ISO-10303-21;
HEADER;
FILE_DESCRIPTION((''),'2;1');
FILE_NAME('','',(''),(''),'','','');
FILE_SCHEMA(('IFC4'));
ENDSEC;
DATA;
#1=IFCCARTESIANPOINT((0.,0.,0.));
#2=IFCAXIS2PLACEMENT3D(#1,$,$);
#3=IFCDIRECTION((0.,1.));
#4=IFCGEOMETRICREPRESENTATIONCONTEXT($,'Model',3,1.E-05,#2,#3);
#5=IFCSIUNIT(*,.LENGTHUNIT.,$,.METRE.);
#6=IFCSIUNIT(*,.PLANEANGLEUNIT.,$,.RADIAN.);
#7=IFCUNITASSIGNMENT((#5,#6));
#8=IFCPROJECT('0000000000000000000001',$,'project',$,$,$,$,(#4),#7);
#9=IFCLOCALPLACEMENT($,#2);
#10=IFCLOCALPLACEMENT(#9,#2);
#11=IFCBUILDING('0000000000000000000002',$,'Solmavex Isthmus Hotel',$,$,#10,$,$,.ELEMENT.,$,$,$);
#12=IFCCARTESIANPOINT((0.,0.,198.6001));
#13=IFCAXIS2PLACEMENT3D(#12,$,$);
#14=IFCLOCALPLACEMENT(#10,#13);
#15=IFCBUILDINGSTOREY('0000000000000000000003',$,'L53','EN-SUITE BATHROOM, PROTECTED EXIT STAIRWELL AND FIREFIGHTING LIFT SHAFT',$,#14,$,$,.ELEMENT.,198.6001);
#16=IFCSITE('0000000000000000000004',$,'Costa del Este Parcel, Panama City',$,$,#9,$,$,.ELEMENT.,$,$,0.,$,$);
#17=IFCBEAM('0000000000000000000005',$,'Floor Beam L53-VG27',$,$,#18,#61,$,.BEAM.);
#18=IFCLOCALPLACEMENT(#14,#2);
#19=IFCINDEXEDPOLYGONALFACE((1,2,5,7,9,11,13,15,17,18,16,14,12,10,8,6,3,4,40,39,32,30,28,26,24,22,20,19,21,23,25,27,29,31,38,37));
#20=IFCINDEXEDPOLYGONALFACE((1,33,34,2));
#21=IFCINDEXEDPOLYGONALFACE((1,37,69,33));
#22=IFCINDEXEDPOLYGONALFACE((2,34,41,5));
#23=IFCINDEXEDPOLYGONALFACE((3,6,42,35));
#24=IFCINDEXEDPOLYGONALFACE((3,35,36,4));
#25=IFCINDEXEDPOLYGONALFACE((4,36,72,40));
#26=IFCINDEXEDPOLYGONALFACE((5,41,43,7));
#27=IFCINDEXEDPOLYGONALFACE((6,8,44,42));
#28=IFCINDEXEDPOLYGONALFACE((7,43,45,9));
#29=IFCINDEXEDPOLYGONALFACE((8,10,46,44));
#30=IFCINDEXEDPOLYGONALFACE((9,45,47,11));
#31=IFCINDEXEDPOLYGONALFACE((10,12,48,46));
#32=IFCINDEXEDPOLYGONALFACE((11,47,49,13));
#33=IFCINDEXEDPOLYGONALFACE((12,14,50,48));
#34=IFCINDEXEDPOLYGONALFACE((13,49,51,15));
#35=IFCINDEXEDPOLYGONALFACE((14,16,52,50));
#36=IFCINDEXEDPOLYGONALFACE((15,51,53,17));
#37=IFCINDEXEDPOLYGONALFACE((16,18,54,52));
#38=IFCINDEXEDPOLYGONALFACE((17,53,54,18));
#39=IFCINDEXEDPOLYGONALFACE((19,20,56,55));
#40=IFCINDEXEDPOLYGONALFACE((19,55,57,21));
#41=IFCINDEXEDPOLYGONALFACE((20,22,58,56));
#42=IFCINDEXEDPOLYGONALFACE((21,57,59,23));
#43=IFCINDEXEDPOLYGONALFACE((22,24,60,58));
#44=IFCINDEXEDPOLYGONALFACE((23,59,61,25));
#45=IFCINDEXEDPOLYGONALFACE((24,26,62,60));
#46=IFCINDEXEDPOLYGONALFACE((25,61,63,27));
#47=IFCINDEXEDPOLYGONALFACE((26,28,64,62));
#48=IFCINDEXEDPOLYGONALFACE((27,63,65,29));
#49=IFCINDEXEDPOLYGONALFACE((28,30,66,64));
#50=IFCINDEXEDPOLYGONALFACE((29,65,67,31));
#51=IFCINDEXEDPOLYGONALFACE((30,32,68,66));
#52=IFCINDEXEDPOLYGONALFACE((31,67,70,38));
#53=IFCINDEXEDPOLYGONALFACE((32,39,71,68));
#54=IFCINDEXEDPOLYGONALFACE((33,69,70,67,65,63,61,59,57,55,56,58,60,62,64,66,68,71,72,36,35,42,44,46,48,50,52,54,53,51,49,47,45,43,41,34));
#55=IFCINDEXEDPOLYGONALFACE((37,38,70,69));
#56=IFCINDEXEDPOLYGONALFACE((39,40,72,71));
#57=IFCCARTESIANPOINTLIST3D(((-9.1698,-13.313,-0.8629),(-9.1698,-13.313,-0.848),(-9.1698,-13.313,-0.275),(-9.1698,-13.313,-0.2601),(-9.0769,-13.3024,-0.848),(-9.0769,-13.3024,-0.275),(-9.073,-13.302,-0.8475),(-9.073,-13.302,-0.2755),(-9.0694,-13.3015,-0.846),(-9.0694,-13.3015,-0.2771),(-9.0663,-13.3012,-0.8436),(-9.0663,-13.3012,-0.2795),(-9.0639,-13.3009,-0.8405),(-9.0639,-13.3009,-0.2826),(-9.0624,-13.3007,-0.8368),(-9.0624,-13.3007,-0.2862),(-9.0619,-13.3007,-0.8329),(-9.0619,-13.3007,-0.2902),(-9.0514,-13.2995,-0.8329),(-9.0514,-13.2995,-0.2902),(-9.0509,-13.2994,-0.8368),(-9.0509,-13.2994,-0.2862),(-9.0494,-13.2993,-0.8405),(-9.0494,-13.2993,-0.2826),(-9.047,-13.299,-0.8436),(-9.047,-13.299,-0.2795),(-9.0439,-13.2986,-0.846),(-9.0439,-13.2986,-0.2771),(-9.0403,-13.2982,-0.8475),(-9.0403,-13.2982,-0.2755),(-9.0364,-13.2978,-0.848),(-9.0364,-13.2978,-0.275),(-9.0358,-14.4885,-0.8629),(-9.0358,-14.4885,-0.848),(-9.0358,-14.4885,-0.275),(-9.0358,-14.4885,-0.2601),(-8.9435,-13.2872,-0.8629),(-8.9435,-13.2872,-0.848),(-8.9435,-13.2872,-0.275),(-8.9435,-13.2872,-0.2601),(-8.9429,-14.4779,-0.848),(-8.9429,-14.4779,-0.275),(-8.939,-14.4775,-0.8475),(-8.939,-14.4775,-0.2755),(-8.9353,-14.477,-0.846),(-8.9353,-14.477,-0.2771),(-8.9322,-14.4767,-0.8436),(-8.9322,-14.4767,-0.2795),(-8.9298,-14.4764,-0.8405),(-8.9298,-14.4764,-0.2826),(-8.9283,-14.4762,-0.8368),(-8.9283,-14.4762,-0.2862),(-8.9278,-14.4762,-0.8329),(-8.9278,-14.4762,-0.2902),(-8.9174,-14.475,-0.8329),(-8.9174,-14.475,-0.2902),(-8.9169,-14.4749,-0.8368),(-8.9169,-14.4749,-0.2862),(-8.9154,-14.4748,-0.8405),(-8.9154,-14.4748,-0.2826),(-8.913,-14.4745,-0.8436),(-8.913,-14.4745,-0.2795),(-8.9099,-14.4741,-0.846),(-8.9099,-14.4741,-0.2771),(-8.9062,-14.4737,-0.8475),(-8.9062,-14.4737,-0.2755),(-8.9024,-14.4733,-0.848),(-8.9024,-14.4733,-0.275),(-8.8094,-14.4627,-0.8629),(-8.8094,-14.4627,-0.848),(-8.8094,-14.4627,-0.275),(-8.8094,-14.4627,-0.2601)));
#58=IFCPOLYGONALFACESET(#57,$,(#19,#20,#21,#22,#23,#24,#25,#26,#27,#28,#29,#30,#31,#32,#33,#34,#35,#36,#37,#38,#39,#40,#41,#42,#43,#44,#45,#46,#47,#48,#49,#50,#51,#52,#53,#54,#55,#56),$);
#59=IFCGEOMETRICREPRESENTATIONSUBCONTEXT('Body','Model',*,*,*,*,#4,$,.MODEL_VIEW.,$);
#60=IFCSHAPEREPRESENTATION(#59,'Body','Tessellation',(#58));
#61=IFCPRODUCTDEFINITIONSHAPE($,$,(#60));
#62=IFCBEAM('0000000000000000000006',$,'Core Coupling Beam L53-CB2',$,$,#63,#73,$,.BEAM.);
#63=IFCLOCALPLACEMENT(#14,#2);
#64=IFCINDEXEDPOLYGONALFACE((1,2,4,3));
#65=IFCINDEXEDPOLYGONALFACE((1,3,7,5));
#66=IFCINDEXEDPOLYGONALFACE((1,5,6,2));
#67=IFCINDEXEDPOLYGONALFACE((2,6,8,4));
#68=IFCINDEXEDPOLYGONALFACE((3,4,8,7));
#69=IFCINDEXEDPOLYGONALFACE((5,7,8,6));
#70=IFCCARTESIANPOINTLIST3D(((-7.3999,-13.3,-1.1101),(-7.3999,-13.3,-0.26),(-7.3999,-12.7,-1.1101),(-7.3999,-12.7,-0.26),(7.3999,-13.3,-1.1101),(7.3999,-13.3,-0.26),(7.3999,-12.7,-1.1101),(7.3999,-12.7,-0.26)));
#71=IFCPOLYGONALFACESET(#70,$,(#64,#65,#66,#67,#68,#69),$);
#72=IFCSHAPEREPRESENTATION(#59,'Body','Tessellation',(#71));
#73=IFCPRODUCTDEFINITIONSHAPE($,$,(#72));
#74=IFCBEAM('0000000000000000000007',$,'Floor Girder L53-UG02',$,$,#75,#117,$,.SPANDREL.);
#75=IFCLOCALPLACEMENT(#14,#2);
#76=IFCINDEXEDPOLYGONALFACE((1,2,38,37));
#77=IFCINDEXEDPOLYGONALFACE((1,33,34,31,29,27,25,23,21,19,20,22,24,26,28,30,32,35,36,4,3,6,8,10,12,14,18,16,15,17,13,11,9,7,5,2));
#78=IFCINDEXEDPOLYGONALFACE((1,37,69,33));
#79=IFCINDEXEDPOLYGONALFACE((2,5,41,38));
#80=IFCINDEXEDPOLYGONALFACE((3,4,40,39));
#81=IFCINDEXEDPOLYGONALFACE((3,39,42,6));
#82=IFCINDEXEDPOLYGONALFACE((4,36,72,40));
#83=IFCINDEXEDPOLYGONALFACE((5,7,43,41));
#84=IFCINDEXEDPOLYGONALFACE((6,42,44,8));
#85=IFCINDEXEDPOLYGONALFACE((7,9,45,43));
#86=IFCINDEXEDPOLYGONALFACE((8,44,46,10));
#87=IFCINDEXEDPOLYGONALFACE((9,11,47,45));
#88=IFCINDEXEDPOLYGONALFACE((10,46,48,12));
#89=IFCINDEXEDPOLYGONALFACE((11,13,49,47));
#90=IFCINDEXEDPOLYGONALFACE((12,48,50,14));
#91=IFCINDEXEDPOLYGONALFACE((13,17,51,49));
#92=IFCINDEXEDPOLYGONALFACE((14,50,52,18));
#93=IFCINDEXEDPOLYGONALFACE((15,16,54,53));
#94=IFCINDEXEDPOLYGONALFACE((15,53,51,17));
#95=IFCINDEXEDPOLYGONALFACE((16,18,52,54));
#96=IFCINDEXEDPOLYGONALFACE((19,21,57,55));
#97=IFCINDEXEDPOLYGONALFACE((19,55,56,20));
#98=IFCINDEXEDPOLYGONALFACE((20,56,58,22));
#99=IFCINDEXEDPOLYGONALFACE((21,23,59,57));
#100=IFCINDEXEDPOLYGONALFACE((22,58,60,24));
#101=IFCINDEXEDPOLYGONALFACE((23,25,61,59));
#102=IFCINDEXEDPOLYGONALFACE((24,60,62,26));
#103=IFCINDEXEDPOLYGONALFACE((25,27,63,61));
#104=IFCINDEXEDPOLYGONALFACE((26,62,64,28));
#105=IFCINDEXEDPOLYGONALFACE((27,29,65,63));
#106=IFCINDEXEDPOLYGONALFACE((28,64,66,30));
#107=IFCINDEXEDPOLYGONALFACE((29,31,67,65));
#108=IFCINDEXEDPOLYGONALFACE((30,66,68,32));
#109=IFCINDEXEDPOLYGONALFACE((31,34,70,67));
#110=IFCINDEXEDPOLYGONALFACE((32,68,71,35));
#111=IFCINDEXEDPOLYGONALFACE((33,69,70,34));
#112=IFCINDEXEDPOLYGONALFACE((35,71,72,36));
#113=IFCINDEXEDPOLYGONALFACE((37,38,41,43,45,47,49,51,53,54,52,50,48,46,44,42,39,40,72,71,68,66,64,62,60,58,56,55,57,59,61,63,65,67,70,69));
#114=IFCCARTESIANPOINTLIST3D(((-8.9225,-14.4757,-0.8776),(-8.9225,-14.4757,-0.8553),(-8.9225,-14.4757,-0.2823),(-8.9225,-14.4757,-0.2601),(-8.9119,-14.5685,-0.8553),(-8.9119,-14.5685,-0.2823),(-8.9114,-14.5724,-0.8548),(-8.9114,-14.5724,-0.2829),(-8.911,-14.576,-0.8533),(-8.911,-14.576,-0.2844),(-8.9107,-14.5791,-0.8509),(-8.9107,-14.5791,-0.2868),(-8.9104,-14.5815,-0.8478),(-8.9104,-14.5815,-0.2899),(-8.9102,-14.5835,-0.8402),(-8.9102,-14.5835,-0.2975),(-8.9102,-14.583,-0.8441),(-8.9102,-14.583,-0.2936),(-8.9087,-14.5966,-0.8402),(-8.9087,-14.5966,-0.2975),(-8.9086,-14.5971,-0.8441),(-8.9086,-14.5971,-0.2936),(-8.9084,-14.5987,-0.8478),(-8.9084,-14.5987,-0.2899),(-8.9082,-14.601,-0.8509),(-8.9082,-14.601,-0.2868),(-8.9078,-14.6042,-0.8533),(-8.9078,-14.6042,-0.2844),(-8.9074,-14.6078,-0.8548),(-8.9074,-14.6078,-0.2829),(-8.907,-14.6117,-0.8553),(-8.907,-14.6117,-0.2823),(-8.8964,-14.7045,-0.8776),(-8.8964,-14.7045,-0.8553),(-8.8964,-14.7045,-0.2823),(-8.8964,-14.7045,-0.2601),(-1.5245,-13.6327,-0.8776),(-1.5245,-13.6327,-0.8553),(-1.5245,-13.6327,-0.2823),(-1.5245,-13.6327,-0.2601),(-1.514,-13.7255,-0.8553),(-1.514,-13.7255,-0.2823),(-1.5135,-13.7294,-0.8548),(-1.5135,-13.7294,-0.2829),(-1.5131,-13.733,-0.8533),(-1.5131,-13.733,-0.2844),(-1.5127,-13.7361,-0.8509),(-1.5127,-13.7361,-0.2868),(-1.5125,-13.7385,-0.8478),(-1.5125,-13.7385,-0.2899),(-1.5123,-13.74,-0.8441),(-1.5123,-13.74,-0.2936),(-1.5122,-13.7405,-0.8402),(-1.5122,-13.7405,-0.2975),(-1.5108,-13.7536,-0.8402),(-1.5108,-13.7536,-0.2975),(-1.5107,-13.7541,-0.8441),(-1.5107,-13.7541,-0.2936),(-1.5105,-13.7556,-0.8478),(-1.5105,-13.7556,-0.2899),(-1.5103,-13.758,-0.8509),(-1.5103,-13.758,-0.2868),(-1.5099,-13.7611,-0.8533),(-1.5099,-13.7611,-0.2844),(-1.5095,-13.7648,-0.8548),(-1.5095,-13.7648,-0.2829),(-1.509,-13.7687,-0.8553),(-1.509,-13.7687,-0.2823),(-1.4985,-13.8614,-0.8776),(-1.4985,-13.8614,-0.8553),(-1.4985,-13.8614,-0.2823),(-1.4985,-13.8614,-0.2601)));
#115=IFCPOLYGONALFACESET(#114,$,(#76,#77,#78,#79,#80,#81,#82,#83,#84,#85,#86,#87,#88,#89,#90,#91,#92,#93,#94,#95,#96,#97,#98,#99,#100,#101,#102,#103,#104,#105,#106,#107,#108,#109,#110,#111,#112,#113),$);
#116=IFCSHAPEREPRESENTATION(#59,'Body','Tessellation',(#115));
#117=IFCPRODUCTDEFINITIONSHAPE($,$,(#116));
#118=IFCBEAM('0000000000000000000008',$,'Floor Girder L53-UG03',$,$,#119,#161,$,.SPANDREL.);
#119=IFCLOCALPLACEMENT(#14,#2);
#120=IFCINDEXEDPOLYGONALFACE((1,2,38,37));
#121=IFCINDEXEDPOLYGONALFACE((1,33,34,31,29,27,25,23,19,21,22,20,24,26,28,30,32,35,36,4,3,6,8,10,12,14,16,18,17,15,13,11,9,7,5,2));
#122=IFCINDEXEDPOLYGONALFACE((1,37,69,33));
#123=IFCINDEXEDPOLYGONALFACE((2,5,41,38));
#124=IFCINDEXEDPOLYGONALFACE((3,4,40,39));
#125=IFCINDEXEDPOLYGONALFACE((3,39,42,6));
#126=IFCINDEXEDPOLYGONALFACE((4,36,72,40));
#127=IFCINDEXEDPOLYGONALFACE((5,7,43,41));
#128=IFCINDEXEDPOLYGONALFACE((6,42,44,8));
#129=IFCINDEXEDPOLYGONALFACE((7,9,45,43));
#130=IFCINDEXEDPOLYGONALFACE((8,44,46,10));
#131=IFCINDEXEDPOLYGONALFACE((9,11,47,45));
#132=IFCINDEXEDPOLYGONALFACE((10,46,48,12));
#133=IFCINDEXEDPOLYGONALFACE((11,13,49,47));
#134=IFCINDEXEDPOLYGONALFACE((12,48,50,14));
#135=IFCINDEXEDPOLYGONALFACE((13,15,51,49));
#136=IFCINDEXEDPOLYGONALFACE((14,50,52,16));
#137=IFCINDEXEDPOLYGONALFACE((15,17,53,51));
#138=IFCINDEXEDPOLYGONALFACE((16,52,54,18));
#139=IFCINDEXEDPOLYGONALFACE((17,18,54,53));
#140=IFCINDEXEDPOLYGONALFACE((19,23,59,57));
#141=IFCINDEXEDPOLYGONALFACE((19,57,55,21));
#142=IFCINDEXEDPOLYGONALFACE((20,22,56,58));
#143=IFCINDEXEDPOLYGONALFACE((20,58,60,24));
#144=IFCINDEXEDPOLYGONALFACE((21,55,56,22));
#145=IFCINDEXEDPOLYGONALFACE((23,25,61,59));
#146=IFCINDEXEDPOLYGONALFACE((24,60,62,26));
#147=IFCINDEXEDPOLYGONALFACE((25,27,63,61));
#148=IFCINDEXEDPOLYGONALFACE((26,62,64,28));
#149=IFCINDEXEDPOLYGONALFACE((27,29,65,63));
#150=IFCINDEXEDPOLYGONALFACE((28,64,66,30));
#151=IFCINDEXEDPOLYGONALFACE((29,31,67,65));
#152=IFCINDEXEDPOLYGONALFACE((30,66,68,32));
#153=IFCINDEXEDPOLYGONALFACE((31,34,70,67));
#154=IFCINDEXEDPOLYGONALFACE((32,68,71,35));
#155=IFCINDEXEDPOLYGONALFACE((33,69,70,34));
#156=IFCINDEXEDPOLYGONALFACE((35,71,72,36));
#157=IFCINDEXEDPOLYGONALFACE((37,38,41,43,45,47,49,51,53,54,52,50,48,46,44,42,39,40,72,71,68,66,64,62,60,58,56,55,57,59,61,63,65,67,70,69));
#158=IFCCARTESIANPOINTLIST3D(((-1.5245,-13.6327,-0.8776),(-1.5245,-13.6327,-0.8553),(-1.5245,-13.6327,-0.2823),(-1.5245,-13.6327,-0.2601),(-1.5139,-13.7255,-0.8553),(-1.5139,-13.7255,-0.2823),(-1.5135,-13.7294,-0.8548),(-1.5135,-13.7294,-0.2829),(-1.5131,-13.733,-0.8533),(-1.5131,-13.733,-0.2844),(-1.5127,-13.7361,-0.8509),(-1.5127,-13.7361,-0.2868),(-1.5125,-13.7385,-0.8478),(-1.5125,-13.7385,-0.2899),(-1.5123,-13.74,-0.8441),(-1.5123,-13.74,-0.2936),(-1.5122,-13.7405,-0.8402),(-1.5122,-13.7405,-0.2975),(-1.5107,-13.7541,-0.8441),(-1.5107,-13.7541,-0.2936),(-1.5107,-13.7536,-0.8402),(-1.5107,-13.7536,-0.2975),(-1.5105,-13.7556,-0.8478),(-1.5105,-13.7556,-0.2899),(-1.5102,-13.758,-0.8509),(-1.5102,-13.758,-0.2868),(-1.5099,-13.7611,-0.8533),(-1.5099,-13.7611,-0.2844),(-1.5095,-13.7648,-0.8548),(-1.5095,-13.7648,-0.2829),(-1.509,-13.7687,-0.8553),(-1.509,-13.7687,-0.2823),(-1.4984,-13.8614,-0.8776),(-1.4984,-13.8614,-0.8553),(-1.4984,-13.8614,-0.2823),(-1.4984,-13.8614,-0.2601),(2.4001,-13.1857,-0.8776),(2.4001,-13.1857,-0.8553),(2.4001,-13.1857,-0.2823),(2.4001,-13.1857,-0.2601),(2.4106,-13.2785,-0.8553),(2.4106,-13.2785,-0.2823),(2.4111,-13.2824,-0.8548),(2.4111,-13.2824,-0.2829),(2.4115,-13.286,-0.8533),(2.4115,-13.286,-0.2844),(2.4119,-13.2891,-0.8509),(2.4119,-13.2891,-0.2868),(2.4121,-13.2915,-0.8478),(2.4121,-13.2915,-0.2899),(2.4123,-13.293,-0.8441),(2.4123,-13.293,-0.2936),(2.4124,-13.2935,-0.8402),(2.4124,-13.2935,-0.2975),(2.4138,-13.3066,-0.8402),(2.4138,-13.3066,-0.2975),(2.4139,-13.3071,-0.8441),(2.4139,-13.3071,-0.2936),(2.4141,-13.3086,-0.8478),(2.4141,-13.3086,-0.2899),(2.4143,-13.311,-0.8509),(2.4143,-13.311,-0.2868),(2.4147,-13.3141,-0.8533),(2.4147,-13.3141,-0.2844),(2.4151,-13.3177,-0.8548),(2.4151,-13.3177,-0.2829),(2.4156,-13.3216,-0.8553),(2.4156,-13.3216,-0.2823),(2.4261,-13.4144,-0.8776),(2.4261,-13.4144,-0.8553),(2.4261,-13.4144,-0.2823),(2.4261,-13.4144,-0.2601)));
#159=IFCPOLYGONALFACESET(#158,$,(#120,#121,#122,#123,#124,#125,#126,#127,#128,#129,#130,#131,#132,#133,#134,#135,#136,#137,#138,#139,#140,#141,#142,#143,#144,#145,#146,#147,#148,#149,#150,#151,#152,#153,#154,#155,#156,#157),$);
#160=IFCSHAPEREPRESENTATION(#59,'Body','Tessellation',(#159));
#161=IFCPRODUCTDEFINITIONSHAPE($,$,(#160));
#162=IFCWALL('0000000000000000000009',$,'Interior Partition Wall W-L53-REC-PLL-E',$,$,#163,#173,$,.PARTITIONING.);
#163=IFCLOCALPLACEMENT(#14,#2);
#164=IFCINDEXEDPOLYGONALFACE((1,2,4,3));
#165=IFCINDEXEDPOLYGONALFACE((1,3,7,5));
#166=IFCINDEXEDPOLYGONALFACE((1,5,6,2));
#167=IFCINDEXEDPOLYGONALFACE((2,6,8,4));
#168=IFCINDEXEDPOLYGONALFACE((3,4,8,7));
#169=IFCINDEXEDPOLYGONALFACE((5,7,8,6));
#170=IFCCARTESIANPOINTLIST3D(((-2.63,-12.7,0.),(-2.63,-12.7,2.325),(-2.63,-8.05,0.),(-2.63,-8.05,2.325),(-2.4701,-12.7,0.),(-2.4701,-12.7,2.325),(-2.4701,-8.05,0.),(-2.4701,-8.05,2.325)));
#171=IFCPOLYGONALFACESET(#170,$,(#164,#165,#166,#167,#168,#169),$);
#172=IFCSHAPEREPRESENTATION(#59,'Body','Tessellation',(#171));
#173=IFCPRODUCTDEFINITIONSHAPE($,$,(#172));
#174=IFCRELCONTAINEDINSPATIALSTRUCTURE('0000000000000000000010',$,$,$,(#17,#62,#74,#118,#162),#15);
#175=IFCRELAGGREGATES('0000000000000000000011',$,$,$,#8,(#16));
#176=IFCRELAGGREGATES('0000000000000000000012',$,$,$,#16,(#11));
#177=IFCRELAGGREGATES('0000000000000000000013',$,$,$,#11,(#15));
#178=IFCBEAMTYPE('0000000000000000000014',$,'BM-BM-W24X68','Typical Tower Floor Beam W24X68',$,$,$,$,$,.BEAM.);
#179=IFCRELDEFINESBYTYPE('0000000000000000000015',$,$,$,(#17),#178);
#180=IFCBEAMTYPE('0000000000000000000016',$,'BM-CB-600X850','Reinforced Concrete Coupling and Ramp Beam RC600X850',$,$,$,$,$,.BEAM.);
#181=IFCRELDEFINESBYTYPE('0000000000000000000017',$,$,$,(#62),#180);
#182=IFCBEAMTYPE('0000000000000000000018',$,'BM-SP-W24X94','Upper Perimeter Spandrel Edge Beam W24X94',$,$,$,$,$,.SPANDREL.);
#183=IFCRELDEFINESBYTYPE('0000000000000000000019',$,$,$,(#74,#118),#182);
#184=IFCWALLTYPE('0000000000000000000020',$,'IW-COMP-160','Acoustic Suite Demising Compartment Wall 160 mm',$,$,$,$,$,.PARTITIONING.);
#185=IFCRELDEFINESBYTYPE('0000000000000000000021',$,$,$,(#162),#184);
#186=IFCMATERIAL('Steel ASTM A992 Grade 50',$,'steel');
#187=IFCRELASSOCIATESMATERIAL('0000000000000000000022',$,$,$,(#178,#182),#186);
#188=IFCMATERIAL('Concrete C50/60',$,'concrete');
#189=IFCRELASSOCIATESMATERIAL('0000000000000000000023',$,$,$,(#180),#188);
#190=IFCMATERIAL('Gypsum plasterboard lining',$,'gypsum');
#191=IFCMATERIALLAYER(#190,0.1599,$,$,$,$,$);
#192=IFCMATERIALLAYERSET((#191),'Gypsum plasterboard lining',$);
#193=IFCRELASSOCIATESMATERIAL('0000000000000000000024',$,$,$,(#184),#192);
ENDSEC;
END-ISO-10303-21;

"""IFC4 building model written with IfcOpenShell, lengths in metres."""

from ifc_helpers import new_model, si_unit, direction, frame, frame_2d, origin, origin_2d, place, context, subcontext, project, spatial, rectangle, i_section, extrude, material, layer, layer_set, material_profile, profile_set, type_object, element, save


model = new_model("IFC4")

# Units and contexts
model_context = context("Model", 3, precision=1e-05, world=origin(), true_north=direction((0.0, 1.0)))
body_context = subcontext(model_context, "Body", "Model", "MODEL_VIEW")
ifc_project = project(units=[si_unit("LENGTHUNIT", "METRE"), si_unit("PLANEANGLEUNIT", "RADIAN")], contexts=[model_context])

# Site, building, storey
site_placement = place(None, origin())
site = spatial("IfcSite", under=ifc_project, at=site_placement, Name="Costa del Este Parcel, Panama City", CompositionType="ELEMENT", RefElevation=0.0)
building_placement = place(site_placement, origin())
building = spatial("IfcBuilding", under=site, at=building_placement, Name="Solmavex Isthmus Hotel", CompositionType="ELEMENT")
storey_placement = place(building_placement, frame((0.0, 0.0, 198.6001)))
storey = spatial("IfcBuildingStorey", under=building, at=storey_placement, Name="L53", Description="EN-SUITE BATHROOM, PROTECTED EXIT STAIRWELL AND FIREFIGHTING LIFT SHAFT", CompositionType="ELEMENT", Elevation=198.6001)

# Shared definitions
ifc_material_1 = material(Name="Concrete C50/60", Category="concrete")

# Beams
ifc_material_2 = material(Name="Steel ASTM A992 Grade 50", Category="steel")
ifc_material_profile_1 = material_profile(ifc_material_2, i_section(OverallWidth=0.2278, OverallDepth=0.6028, WebThickness=0.0105, FlangeThickness=0.0149, FilletRadius=0.0151, at=origin_2d()), Name="W24X68")
ifc_profile_set_1 = profile_set([ifc_material_profile_1], Name="Steel ASTM A992 Grade 50")
beam_type_1 = type_object("IfcBeamType", Name="BM-BM-W24X68", Description="Typical Tower Floor Beam W24X68", PredefinedType="BEAM", material=ifc_profile_set_1)
beam_1_placement = place(storey_placement, frame((-8.9226, -14.4756, -0.5615), z_axis=(-0.113285, 0.993563, 0.0), x_axis=(-0.993563, -0.113285, 0.0)))
element("IfcBeam", 1, at=beam_1_placement, inside=storey, type_object=beam_type_1, Name="Floor Beam L53-VG27", PredefinedType="BEAM", context=body_context, shape_type="SweptSolid", body=[
    extrude(i_section(OverallWidth=0.2278, OverallDepth=0.6028, WebThickness=0.0105, FlangeThickness=0.0149, FilletRadius=0.0151, at=origin_2d()), origin(), (0.0, 0.0, 1.0), 1.1831),
])
ifc_material_profile_2 = material_profile(ifc_material_1, rectangle(XDim=0.6001, YDim=0.8501, at=origin_2d()), Name="RC600X850")
ifc_profile_set_2 = profile_set([ifc_material_profile_2], Name="Concrete C50/60")
beam_type_2 = type_object("IfcBeamType", Name="BM-CB-600X850", Description="Reinforced Concrete Coupling and Ramp Beam RC600X850", PredefinedType="BEAM", material=ifc_profile_set_2)
beam_2_placement = place(storey_placement, frame((-7.3999, -13.0, -0.6851), z_axis=(1.0, 0.0, 0.0), x_axis=(0.0, 1.0, 0.0)))
element("IfcBeam", 2, at=beam_2_placement, inside=storey, type_object=beam_type_2, Name="Core Coupling Beam L53-CB2", PredefinedType="BEAM", context=body_context, shape_type="SweptSolid", body=[
    extrude(rectangle(XDim=0.6001, YDim=0.8501, at=origin_2d()), origin(), (0.0, 0.0, 1.0), 14.7998),
])
ifc_material_profile_3 = material_profile(ifc_material_2, i_section(OverallWidth=0.2302, OverallDepth=0.6174, WebThickness=0.0132, FlangeThickness=0.0222, FilletRadius=0.0151, at=origin_2d()), Name="W24X94")
ifc_profile_set_3 = profile_set([ifc_material_profile_3], Name="Steel ASTM A992 Grade 50")
beam_type_3 = type_object("IfcBeamType", Name="BM-SP-W24X94", Description="Upper Perimeter Spandrel Edge Beam W24X94", PredefinedType="SPANDREL", material=ifc_profile_set_3)
beam_3_placement = place(storey_placement, frame((-8.9094, -14.5901, -0.5688), z_axis=(0.99357, 0.11322, 0.0), x_axis=(-0.11322, 0.99357, 0.0)))
element("IfcBeam", 3, at=beam_3_placement, inside=storey, type_object=beam_type_3, Name="Floor Girder L53-UG02", PredefinedType="SPANDREL", context=body_context, shape_type="SweptSolid", body=[
    extrude(i_section(OverallWidth=0.2302, OverallDepth=0.6174, WebThickness=0.0132, FlangeThickness=0.0222, FilletRadius=0.0151, at=origin_2d()), origin(), (0.0, 0.0, 1.0), 7.4458),
])
beam_4_placement = place(storey_placement, frame((-1.5115, -13.7471, -0.5688), z_axis=(0.993575, 0.113172, 0.0), x_axis=(-0.113172, 0.993575, 0.0)))
element("IfcBeam", 4, at=beam_4_placement, inside=storey, type_object=beam_type_3, Name="Floor Girder L53-UG03", PredefinedType="SPANDREL", context=body_context, shape_type="SweptSolid", body=[
    extrude(i_section(OverallWidth=0.2302, OverallDepth=0.6174, WebThickness=0.0132, FlangeThickness=0.0222, FilletRadius=0.0151, at=origin_2d()), origin(), (0.0, 0.0, 1.0), 3.95),
])

# Wall
ifc_material_3 = material(Name="Gypsum plasterboard lining", Category="gypsum")
ifc_layer_1 = layer(ifc_material_3, 0.1599)
ifc_layer_set_1 = layer_set([ifc_layer_1], Name="Gypsum plasterboard lining")
wall_type_1 = type_object("IfcWallType", Name="IW-COMP-160", Description="Acoustic Suite Demising Compartment Wall 160 mm", PredefinedType="PARTITIONING", material=ifc_layer_set_1)
wall_1_placement = place(storey_placement, frame((-2.55, -12.7, 0.0), z_axis=(0.0, 0.0, 1.0), x_axis=(0.0, 1.0, 0.0)))
element("IfcWall", 5, at=wall_1_placement, inside=storey, type_object=wall_type_1, Name="Interior Partition Wall W-L53-REC-PLL-E", PredefinedType="PARTITIONING", context=body_context, shape_type="SweptSolid", body=[
    extrude(rectangle(XDim=4.6499, YDim=0.1599, at=frame_2d((2.325, 0.0))), origin(), (0.0, 0.0, 1.0), 2.325),
])

save(model, "model.ifc")
